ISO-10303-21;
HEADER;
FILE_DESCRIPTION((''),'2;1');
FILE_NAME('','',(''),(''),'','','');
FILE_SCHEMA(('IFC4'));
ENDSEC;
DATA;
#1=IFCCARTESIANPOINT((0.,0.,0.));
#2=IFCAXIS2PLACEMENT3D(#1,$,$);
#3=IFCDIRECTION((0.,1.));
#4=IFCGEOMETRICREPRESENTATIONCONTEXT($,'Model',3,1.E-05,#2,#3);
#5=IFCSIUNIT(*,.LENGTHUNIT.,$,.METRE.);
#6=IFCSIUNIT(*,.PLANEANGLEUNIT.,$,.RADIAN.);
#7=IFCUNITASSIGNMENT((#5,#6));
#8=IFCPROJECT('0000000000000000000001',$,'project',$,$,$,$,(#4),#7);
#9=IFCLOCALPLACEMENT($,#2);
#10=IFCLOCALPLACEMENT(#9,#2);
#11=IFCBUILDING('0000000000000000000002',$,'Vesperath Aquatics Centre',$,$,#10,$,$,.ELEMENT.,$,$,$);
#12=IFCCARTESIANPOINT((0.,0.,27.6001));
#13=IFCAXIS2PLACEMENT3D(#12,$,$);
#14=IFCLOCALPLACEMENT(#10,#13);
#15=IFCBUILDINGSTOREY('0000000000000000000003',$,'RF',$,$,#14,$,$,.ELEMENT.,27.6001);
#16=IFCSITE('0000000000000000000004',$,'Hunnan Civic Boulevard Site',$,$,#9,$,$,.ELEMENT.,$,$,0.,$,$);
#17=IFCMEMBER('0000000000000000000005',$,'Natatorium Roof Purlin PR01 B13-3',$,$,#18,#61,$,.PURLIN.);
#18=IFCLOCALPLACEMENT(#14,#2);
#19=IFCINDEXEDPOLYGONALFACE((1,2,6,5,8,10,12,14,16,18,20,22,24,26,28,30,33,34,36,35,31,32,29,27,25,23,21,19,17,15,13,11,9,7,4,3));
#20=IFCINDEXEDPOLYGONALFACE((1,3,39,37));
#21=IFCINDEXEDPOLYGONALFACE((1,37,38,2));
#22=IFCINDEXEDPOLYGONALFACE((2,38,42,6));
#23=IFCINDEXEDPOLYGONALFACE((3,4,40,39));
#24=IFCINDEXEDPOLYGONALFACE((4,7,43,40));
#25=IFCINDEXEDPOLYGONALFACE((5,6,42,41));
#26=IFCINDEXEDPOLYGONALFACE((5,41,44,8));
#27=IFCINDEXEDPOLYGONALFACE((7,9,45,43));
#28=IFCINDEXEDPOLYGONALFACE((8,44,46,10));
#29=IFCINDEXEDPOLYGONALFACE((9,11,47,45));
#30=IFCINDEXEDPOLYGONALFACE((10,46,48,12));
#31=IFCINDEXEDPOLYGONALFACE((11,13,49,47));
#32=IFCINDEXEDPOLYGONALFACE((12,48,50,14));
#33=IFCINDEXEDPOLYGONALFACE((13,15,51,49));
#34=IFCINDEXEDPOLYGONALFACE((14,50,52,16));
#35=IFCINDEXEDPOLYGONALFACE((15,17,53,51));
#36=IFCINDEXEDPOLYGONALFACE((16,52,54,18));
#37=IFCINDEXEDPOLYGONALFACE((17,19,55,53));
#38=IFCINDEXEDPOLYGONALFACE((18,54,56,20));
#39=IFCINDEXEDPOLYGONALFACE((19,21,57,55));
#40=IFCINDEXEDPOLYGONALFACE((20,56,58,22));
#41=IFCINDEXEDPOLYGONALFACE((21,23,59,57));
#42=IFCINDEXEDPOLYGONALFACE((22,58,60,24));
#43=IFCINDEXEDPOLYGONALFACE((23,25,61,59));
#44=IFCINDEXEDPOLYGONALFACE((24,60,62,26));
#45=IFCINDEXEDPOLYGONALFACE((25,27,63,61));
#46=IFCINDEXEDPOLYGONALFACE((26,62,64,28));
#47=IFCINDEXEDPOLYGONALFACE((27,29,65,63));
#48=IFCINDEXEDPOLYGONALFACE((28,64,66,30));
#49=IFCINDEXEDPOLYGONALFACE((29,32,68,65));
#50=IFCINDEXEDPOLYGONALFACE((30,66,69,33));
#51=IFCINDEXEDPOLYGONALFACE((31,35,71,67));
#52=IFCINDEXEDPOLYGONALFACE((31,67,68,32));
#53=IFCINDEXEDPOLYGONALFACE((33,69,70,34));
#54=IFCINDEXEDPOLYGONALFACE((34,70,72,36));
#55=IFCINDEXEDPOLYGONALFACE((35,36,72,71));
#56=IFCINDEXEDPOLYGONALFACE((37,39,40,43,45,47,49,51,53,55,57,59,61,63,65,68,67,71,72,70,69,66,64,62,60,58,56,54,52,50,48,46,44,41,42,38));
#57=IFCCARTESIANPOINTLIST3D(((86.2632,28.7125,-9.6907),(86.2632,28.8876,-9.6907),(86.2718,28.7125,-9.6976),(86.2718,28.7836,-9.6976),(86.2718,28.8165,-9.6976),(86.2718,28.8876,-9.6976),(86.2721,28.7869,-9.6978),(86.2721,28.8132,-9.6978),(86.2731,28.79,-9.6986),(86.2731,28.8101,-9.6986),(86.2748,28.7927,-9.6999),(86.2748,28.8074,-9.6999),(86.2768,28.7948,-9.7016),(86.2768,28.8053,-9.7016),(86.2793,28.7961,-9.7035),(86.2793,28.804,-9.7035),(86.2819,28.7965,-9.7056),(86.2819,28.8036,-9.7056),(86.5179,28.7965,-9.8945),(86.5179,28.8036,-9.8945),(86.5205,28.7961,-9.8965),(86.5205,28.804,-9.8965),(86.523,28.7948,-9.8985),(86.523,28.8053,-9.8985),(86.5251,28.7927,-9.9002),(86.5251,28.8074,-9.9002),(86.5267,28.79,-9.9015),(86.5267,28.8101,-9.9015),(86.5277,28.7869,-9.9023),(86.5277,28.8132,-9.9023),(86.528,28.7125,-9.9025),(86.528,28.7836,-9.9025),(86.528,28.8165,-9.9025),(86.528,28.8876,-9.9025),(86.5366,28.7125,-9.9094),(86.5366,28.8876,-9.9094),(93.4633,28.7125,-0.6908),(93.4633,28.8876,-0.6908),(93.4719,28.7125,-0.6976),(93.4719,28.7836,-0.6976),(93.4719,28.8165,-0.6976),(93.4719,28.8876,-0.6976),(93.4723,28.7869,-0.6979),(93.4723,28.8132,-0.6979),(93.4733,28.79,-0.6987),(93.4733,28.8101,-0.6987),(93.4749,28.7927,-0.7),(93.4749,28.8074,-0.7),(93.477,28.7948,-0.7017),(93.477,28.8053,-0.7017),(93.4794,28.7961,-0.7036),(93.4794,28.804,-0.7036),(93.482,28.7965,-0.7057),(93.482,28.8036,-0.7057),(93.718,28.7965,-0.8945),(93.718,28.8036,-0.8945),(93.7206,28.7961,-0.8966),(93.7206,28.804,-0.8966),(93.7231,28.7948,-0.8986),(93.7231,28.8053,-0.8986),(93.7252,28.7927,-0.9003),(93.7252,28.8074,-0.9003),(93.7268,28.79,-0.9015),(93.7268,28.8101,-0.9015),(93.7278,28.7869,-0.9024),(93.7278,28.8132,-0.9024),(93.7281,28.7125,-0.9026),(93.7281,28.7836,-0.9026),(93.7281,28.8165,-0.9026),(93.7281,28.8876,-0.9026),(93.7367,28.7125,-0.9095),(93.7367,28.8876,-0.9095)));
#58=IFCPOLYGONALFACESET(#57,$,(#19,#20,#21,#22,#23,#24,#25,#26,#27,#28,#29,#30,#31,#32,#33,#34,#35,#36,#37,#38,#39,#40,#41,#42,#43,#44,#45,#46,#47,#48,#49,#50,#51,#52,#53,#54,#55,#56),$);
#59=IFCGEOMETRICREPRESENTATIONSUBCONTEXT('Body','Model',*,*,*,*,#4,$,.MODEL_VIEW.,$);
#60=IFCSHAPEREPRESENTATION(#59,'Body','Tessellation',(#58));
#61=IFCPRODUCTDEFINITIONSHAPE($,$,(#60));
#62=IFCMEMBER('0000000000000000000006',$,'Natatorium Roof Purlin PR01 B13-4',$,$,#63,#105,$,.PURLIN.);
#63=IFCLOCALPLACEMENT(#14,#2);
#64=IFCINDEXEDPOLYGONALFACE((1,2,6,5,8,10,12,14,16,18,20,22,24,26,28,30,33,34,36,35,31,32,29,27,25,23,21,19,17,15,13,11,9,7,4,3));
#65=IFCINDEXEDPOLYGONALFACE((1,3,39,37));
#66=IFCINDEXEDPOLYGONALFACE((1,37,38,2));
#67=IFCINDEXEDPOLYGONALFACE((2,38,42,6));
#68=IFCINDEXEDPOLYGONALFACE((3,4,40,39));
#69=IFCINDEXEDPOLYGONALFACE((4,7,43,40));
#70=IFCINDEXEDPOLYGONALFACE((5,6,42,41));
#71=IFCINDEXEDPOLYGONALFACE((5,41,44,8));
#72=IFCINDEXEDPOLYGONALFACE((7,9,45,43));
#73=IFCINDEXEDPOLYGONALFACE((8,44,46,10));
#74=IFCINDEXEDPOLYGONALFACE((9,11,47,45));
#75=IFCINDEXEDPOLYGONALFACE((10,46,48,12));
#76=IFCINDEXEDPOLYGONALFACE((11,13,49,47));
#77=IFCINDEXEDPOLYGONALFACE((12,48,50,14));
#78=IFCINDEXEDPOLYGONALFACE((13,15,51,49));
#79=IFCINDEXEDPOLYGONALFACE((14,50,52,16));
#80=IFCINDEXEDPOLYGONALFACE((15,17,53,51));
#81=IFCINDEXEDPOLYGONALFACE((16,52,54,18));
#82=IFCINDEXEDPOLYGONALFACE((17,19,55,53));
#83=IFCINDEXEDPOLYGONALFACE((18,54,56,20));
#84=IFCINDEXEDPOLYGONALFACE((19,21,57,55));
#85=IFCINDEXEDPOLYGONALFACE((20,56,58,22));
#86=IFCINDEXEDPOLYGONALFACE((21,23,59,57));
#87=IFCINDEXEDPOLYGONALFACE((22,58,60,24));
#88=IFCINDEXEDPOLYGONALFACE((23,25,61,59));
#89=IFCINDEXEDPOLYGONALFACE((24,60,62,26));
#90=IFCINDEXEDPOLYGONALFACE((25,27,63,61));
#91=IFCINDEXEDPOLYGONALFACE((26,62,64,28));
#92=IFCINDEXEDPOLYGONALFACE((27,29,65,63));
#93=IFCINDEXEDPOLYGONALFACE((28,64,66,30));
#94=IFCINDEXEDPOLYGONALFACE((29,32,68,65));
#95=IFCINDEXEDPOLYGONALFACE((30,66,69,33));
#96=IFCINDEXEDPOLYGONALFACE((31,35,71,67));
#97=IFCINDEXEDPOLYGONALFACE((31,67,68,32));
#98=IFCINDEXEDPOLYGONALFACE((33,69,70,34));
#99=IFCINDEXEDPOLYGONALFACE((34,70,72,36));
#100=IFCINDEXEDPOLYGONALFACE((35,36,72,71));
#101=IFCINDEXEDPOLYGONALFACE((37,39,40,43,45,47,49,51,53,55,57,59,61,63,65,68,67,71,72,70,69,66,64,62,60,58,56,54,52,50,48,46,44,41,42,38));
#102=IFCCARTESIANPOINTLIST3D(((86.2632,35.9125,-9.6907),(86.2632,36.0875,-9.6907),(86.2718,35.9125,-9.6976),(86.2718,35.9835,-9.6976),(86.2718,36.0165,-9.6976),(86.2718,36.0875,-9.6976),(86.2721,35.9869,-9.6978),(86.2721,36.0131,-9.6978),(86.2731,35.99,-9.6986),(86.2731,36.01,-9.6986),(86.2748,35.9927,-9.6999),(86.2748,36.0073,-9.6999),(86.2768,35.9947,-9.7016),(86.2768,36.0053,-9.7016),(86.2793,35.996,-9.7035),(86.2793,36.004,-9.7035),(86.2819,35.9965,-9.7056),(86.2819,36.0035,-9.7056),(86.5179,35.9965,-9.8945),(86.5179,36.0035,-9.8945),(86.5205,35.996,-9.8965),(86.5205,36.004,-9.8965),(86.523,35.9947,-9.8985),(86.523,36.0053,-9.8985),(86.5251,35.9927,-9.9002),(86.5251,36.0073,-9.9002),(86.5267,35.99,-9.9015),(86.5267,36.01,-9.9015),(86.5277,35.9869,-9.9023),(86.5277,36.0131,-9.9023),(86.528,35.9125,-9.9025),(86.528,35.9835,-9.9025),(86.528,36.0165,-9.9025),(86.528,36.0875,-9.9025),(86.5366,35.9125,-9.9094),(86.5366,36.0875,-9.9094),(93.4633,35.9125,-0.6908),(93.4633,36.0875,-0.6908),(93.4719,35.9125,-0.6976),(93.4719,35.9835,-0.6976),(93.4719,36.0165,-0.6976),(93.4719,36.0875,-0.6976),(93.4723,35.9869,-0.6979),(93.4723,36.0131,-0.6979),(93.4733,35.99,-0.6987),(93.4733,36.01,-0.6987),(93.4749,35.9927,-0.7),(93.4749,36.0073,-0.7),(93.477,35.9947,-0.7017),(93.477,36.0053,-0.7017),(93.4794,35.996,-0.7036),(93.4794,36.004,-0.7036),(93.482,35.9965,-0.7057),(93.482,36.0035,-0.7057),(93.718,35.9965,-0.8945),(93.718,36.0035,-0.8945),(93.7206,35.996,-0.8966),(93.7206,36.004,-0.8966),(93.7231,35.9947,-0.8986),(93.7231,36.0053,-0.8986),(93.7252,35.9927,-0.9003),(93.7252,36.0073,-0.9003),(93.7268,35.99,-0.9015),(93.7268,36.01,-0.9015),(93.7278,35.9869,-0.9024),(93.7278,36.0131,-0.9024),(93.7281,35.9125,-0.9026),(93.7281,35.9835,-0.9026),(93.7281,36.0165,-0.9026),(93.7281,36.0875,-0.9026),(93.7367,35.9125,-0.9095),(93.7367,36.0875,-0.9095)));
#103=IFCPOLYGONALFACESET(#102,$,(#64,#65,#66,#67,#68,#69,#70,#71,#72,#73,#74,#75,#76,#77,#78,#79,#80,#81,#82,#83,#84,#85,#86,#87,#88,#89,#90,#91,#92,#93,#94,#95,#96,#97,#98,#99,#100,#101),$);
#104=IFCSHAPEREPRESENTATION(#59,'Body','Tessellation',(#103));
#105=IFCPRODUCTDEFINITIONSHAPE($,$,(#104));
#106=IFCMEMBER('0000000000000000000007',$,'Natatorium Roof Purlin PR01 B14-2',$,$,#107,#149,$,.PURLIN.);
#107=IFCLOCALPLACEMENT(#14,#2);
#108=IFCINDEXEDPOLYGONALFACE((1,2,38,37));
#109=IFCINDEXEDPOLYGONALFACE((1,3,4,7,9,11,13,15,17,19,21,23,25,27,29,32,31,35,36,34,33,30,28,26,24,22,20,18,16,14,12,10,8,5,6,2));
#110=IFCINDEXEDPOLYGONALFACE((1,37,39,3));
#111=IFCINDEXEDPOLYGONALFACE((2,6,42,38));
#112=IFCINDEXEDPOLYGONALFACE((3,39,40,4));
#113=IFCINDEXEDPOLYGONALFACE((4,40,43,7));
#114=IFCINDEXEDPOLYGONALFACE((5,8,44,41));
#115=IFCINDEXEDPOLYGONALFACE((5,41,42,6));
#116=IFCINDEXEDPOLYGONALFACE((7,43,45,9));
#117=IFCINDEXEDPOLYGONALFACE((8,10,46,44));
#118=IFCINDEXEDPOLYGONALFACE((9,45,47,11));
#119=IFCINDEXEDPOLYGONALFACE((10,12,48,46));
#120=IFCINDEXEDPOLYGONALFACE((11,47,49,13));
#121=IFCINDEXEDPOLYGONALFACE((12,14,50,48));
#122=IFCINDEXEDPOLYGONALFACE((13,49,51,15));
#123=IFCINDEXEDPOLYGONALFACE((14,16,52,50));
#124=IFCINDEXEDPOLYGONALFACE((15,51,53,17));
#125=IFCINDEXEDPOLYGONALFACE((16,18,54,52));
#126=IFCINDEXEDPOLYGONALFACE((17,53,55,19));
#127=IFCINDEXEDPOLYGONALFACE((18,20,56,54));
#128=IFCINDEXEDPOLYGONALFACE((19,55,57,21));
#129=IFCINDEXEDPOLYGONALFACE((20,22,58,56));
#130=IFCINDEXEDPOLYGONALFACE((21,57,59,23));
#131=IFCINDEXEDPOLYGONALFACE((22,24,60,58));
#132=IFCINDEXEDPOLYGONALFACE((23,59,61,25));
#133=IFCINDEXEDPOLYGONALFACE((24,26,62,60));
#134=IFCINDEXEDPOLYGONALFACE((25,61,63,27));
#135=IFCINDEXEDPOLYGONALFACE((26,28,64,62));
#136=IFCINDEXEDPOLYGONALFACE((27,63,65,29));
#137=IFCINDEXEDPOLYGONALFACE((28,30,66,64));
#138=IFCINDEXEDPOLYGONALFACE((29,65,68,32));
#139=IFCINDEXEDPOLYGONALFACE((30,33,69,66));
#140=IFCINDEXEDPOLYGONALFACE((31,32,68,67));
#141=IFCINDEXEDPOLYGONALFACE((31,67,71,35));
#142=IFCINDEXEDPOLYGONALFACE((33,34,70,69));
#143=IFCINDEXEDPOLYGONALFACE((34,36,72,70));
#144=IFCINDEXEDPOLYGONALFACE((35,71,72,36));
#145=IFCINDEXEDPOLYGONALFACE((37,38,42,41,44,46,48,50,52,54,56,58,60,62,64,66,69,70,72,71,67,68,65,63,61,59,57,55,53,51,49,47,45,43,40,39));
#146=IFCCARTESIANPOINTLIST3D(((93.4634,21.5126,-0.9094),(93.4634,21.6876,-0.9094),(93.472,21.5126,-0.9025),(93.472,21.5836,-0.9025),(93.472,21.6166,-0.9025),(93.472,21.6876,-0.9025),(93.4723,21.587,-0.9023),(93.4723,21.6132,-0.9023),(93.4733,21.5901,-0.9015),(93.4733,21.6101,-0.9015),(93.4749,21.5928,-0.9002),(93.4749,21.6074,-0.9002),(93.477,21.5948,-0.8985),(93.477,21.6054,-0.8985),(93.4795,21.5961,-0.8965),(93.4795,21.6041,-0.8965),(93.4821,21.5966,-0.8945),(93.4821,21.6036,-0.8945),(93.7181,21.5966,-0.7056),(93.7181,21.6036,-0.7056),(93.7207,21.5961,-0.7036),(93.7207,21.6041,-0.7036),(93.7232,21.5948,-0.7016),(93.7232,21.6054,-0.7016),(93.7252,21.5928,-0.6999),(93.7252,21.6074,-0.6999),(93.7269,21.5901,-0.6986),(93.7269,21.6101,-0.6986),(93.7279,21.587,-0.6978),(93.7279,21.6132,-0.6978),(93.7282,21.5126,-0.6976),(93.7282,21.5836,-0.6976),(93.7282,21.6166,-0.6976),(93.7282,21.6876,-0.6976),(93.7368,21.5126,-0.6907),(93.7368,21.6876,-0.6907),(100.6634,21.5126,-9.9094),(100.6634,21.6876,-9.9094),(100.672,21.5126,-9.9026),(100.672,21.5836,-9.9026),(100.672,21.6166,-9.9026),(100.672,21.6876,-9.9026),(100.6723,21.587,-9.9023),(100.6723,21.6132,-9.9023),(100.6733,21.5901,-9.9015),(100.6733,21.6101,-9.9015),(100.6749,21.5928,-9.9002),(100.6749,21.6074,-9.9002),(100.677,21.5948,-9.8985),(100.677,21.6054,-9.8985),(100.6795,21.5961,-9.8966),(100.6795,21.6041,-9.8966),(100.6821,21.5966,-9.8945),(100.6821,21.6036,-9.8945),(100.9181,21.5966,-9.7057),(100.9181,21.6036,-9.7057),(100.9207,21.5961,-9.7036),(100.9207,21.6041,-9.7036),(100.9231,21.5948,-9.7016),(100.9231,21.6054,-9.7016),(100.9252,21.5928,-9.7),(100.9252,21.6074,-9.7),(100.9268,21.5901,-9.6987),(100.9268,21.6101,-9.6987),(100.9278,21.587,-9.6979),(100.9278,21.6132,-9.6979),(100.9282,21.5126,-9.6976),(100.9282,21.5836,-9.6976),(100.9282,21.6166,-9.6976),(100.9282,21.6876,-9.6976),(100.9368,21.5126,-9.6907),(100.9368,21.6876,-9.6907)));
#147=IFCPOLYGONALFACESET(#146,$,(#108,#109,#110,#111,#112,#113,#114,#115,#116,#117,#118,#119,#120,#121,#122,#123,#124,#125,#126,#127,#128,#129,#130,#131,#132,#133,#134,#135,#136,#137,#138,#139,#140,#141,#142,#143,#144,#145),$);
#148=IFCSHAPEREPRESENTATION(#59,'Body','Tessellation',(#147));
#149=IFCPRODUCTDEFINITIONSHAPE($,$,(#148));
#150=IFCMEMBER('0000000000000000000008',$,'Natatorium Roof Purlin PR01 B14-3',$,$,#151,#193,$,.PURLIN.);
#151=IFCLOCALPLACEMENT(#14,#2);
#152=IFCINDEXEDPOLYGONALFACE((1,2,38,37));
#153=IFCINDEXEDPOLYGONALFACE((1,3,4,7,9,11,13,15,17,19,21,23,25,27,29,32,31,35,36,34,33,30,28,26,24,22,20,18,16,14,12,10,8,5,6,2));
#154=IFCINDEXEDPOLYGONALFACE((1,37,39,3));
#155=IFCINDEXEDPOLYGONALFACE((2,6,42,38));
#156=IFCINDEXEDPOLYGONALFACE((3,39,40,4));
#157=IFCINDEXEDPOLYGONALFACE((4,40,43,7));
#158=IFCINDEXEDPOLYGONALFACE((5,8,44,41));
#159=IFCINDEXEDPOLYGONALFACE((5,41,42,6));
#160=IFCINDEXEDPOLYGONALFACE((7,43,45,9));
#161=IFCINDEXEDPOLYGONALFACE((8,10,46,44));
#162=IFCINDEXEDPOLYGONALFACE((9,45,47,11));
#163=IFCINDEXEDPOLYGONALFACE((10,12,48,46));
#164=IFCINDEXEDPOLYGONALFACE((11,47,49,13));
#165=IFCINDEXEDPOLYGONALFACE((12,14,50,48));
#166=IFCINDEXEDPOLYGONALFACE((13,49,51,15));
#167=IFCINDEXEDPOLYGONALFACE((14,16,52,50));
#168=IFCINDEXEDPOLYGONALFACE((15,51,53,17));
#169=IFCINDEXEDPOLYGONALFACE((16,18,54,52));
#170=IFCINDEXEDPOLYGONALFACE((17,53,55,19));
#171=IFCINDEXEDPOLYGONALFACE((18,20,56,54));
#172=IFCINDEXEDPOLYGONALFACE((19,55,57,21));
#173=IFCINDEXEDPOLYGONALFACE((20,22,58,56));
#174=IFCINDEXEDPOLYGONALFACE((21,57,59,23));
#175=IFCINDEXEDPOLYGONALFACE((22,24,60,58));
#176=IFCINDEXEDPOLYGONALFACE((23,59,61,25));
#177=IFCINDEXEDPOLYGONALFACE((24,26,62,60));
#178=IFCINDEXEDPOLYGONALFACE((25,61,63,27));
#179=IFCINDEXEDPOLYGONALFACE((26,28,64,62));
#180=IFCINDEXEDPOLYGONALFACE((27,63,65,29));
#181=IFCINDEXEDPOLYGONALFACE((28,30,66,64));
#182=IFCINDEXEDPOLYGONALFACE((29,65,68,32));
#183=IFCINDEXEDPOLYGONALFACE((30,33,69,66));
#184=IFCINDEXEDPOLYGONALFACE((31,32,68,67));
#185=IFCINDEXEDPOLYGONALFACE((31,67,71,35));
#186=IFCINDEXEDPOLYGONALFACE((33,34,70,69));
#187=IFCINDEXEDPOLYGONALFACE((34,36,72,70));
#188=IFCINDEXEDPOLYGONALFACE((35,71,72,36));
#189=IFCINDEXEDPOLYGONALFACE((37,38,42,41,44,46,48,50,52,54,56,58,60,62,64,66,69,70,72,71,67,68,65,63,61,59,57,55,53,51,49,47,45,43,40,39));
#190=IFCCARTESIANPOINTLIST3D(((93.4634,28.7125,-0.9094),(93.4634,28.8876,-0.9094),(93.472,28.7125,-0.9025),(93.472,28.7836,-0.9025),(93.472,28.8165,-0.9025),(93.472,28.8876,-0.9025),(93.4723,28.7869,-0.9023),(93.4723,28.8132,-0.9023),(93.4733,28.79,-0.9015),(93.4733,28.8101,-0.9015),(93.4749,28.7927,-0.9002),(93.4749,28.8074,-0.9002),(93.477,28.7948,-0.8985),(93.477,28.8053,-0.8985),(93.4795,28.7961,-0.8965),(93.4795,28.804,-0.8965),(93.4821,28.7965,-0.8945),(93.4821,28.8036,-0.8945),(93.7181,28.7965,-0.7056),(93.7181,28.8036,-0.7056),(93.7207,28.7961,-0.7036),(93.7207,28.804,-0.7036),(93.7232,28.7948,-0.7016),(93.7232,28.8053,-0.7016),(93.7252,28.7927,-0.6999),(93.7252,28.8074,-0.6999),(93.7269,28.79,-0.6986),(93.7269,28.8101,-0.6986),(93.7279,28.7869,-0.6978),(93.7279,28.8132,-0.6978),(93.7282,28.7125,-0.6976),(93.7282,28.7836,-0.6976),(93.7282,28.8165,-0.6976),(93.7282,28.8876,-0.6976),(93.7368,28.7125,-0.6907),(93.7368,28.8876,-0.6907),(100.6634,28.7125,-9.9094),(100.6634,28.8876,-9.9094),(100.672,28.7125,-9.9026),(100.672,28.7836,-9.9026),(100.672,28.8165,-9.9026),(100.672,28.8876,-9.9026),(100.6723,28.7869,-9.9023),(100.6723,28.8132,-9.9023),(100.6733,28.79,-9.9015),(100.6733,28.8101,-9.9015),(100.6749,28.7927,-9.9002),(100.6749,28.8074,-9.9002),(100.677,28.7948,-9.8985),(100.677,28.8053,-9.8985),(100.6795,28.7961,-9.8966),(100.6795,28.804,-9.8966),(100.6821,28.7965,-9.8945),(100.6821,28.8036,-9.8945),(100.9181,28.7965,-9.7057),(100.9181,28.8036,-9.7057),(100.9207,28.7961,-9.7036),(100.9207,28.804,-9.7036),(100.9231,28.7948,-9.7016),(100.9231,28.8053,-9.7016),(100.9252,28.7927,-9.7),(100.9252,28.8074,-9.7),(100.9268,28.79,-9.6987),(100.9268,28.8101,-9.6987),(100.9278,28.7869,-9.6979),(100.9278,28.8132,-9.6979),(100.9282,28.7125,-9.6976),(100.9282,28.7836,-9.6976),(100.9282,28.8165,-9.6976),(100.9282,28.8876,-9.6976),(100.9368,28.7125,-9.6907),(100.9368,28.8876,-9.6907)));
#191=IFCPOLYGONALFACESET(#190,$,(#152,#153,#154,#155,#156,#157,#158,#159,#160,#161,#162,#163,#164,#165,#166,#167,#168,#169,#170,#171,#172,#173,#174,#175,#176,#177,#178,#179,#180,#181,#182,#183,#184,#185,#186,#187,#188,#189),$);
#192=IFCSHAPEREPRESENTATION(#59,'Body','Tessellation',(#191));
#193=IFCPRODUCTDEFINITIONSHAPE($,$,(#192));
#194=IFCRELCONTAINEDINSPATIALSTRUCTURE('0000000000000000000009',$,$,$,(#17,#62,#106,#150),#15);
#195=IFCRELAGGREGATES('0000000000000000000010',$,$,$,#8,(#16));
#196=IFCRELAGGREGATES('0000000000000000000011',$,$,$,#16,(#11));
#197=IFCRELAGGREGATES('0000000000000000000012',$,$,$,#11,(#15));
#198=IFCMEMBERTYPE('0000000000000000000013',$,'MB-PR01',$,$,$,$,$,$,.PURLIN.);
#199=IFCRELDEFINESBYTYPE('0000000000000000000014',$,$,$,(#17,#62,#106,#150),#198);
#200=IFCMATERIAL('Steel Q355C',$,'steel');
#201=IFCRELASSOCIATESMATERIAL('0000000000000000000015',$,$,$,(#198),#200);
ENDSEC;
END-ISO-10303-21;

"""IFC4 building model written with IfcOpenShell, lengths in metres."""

from ifc_helpers import new_model, si_unit, direction, frame, origin, origin_2d, place, context, subcontext, project, spatial, i_section, extrude, material, material_profile, profile_set, type_object, element, save


model = new_model("IFC4")

# Units and contexts
model_context = context("Model", 3, precision=1e-05, world=origin(), true_north=direction((0.0, 1.0)))
body_context = subcontext(model_context, "Body", "Model", "MODEL_VIEW")
ifc_project = project(units=[si_unit("LENGTHUNIT", "METRE"), si_unit("PLANEANGLEUNIT", "RADIAN")], contexts=[model_context])

# Site, building, storey
site_placement = place(None, origin())
site = spatial("IfcSite", under=ifc_project, at=site_placement, Name="Hunnan Civic Boulevard Site", CompositionType="ELEMENT", RefElevation=0.0)
building_placement = place(site_placement, origin())
building = spatial("IfcBuilding", under=site, at=building_placement, Name="Vesperath Aquatics Centre", CompositionType="ELEMENT")
storey_placement = place(building_placement, frame((0.0, 0.0, 27.6001)))
storey = spatial("IfcBuildingStorey", under=building, at=storey_placement, Name="RF", CompositionType="ELEMENT", Elevation=27.6001)

# Shared definitions
ifc_material_1 = material(Name="Steel Q355C", Category="steel")

# Members
ifc_material_profile_1 = material_profile(ifc_material_1, i_section(OverallWidth=0.175, OverallDepth=0.3501, WebThickness=0.0071, FlangeThickness=0.011, FilletRadius=0.0129, at=origin_2d()), Name="HN 350x175x7x11")
ifc_profile_set_1 = profile_set([ifc_material_profile_1], Name="Steel Q355C")
member_type_1 = type_object("IfcMemberType", Name="MB-PR01", PredefinedType="PURLIN", material=ifc_profile_set_1)
for number, where, z_axis, x_axis, name in (
    (1, (86.3999, 28.8, -9.8), (0.624705, 0.0, 0.780861), (0.0, 1.0, 0.0), "Natatorium Roof Purlin PR01 B13-3"),
    (2, (86.3999, 36.0, -9.8), (0.624705, 0.0, 0.780861), (0.0, 1.0, 0.0), "Natatorium Roof Purlin PR01 B13-4"),
    (3, (93.6001, 21.6001, -0.8), (0.624692, 0.0, -0.780871), (0.0, 1.0, 0.0), "Natatorium Roof Purlin PR01 B14-2"),
    (4, (93.6001, 28.8, -0.8), (0.624692, 0.0, -0.780871), (0.0, 1.0, 0.0), "Natatorium Roof Purlin PR01 B14-3"),
):
    element("IfcMember", number, at=place(storey_placement, frame(where, z_axis=z_axis, x_axis=x_axis)), inside=storey, type_object=member_type_1, Name=name, PredefinedType="PURLIN", context=body_context, shape_type="SweptSolid", body=[
        extrude(i_section(OverallWidth=0.175, OverallDepth=0.3501, WebThickness=0.0071, FlangeThickness=0.011, FilletRadius=0.0129, at=origin_2d()), origin(), (0.0, 0.0, 1.0), 11.5256),
    ])

save(model, "model.ifc")
